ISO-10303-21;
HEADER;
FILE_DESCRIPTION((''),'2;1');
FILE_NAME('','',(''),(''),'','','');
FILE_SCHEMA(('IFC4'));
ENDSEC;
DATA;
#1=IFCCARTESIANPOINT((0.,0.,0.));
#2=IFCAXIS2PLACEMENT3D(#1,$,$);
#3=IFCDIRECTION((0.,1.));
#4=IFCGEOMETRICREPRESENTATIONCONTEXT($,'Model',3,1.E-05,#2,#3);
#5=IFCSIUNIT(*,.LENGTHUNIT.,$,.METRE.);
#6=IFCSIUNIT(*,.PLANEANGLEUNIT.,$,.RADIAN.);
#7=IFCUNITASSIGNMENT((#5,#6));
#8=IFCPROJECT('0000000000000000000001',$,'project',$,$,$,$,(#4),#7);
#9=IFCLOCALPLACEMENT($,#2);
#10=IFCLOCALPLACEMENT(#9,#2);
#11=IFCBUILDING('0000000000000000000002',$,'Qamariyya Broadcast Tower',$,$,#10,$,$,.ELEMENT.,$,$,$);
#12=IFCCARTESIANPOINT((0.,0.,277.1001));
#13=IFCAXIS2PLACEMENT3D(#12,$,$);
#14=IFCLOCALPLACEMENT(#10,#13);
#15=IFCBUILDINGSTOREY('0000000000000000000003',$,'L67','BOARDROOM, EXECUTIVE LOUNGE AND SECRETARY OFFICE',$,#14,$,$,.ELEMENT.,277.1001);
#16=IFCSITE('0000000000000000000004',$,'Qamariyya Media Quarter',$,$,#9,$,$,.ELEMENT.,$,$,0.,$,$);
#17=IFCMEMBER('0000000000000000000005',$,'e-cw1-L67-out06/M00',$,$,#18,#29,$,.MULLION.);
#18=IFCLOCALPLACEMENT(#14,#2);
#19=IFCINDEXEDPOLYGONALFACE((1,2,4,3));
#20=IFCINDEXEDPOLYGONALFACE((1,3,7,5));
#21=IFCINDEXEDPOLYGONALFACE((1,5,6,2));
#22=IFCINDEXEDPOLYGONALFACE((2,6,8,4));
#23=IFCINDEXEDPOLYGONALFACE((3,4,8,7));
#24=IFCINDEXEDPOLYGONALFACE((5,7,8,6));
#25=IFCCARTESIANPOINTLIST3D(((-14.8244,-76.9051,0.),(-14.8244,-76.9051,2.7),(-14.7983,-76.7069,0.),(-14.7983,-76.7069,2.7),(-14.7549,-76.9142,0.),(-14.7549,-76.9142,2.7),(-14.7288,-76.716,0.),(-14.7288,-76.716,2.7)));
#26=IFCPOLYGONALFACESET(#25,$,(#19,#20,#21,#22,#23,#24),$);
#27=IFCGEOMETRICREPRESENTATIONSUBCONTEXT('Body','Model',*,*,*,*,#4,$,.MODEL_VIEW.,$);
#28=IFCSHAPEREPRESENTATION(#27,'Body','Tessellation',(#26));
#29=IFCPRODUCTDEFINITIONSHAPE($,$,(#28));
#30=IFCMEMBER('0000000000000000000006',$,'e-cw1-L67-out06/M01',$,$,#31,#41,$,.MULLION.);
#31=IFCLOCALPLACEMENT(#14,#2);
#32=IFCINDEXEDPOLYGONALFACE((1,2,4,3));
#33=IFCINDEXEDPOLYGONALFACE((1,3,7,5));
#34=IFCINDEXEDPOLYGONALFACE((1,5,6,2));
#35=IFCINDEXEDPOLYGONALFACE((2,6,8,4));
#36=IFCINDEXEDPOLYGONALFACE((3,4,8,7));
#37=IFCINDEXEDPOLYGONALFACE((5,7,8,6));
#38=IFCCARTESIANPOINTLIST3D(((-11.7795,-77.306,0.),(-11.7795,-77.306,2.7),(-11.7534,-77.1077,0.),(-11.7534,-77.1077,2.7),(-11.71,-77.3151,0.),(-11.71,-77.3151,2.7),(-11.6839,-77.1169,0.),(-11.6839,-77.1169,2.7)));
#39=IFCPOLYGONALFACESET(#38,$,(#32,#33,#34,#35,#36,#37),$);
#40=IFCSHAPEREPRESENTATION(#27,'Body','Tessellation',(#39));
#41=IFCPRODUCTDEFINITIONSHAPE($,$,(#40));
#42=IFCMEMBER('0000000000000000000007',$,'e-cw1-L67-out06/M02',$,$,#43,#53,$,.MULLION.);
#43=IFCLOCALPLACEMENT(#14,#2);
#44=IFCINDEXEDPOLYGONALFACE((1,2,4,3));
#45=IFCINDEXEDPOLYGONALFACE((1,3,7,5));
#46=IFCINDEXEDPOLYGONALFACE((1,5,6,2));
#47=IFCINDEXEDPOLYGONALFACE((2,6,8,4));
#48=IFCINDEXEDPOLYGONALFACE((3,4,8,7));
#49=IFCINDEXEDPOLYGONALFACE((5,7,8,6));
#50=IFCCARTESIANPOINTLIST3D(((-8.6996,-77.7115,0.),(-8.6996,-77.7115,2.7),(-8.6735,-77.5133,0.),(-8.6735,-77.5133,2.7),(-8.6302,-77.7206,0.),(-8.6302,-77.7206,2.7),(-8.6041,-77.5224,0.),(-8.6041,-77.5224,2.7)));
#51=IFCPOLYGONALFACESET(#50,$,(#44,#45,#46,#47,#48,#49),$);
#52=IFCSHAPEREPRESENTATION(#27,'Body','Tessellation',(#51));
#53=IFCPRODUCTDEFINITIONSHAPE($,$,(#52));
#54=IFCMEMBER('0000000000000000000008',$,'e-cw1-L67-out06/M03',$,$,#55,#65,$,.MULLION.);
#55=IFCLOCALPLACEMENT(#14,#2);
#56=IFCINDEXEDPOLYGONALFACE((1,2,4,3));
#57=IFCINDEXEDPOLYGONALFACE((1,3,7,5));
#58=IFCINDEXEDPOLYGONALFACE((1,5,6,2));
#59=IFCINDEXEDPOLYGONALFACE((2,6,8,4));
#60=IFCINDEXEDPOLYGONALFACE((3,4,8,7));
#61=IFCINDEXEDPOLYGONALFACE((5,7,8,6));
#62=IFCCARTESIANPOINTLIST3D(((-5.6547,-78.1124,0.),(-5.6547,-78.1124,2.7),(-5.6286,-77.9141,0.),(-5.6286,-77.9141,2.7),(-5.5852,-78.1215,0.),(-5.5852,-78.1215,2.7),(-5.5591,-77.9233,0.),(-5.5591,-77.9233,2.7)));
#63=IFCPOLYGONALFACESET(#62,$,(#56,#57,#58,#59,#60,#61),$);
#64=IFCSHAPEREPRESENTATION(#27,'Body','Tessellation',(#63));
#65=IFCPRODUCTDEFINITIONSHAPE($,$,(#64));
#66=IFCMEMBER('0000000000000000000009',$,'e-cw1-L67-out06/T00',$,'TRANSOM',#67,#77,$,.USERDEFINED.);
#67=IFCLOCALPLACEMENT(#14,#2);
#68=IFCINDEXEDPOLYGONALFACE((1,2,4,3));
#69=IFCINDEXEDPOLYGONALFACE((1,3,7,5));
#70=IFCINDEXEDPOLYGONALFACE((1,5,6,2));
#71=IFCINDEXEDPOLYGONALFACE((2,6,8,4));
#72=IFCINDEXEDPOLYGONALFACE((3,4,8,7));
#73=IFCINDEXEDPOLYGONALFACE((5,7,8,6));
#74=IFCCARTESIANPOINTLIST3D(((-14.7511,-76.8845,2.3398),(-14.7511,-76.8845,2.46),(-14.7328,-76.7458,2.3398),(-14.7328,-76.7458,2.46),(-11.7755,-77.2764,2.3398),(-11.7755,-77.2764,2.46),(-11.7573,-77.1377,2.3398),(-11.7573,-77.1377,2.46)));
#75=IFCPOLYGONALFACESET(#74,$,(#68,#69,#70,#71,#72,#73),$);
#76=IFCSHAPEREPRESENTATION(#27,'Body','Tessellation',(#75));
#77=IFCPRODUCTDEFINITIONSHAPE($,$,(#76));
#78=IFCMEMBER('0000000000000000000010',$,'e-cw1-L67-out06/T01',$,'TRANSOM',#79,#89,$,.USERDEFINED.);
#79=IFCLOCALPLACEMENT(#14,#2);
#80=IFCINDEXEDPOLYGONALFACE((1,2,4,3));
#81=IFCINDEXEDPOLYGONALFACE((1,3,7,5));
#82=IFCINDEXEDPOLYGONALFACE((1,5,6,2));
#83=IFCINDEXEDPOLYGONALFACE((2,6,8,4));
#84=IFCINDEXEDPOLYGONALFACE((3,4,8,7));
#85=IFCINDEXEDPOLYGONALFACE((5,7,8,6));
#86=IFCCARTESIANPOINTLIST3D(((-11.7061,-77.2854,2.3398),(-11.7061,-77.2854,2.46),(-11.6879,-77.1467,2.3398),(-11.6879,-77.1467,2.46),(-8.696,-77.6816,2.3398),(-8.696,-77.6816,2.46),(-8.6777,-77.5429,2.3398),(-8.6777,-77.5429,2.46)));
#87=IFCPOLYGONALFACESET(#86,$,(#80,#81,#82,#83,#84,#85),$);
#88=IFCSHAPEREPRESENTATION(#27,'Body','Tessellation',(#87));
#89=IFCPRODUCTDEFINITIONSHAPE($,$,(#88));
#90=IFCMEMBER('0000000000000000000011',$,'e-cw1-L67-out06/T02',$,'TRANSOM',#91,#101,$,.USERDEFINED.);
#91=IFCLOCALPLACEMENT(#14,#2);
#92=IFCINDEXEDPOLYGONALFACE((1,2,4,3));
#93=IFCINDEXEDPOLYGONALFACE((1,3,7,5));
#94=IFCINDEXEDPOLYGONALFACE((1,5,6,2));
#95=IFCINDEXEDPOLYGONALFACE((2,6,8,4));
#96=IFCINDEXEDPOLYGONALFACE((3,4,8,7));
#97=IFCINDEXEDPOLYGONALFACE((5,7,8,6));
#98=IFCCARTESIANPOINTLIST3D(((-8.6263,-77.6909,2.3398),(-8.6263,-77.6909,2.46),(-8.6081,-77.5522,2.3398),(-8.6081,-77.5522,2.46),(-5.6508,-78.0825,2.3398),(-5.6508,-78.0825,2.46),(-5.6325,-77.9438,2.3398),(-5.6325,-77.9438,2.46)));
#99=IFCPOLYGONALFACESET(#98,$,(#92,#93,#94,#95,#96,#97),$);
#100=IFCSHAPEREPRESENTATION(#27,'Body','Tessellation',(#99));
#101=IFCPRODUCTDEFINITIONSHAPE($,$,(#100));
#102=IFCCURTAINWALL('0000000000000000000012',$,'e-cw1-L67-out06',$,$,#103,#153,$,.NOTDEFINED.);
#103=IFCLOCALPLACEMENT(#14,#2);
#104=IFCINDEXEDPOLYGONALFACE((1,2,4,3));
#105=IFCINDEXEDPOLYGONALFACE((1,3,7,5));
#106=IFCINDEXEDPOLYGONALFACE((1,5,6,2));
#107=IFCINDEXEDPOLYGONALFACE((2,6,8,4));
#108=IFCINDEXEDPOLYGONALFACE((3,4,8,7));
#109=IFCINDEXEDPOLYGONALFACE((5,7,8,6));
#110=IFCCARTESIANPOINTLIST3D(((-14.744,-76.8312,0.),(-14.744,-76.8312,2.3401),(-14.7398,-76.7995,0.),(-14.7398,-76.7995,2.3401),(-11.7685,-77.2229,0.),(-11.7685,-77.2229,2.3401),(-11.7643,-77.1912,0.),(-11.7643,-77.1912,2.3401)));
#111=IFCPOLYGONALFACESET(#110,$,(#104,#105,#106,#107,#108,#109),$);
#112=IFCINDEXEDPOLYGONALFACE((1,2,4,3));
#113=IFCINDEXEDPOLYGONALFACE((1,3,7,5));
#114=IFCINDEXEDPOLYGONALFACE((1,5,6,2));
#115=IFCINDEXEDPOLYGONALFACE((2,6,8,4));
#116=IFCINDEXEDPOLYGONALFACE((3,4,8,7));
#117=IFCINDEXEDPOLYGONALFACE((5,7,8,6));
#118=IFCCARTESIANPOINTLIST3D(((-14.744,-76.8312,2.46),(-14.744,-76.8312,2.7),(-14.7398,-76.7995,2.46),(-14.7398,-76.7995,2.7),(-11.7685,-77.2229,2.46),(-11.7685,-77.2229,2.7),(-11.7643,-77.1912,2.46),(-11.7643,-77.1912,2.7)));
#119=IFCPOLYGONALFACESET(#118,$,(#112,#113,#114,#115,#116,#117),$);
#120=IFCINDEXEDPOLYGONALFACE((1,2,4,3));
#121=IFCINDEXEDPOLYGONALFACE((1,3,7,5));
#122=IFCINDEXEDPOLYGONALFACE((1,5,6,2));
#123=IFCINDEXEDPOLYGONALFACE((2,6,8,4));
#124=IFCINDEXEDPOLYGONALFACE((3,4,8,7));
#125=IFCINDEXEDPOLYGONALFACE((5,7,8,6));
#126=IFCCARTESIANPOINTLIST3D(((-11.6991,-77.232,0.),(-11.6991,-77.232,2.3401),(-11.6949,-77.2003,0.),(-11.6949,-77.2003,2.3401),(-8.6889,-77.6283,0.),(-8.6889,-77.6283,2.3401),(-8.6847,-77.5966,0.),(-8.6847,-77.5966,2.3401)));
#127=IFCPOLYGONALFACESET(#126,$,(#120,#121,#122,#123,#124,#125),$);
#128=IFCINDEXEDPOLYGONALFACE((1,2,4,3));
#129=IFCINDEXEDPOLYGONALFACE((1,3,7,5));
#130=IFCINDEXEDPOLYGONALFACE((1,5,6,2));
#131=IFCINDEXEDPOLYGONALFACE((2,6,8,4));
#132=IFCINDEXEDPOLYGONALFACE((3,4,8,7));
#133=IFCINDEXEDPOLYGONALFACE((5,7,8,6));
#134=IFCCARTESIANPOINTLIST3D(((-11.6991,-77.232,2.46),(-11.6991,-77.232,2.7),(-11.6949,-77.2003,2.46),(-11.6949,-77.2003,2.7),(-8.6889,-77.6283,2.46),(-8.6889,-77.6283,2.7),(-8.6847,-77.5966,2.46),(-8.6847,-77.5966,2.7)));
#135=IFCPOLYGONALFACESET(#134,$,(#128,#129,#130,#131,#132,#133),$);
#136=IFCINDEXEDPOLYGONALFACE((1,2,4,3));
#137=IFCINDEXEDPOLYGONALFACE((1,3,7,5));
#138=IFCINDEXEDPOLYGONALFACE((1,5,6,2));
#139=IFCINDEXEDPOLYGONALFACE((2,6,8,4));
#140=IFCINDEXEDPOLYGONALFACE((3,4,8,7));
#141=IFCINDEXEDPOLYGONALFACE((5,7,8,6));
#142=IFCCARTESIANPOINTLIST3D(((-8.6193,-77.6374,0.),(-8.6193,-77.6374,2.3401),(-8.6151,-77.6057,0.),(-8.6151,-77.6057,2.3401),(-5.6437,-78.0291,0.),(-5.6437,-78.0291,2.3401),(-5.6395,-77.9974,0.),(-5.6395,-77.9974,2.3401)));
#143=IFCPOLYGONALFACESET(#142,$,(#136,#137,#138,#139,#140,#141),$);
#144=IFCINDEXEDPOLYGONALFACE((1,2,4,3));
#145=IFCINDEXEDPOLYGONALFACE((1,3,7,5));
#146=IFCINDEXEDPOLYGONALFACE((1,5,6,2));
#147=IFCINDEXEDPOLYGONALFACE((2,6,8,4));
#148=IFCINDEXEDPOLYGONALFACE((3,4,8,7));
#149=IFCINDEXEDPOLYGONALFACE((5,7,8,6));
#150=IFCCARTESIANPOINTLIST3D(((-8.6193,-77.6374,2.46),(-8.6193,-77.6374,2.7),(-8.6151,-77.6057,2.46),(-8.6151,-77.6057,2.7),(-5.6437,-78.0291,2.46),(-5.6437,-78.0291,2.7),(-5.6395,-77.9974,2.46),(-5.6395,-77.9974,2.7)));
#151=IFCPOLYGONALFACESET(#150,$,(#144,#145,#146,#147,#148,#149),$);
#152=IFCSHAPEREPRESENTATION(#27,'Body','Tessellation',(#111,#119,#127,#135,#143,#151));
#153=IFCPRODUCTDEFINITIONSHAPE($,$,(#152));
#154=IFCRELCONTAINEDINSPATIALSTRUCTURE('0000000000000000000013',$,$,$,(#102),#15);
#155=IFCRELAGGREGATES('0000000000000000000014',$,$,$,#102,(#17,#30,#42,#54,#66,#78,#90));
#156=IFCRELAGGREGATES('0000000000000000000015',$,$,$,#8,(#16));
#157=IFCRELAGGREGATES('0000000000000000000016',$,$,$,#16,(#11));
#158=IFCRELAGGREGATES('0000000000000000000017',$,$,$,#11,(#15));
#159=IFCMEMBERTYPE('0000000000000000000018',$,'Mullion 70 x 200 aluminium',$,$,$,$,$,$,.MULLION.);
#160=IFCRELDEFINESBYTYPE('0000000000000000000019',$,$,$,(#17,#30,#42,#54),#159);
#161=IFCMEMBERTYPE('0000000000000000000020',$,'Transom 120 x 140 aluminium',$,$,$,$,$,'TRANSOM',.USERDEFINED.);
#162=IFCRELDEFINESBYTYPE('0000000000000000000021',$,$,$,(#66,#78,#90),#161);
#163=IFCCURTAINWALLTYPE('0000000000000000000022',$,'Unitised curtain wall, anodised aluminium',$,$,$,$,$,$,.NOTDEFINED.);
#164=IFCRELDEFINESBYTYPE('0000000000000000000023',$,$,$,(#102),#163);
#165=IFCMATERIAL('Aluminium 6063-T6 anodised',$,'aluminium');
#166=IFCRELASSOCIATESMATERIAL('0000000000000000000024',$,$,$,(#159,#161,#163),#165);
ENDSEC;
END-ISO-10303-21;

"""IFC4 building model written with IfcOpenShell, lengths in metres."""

from ifc_helpers import new_model, si_unit, direction, frame, origin, origin_2d, place, context, subcontext, project, spatial, rectangle, extrude, material, material_profile, profile_set, type_object, element, aggregate, save


model = new_model("IFC4")

# Units and contexts
model_context = context("Model", 3, precision=1e-05, world=origin(), true_north=direction((0.0, 1.0)))
body_context = subcontext(model_context, "Body", "Model", "MODEL_VIEW")
ifc_project = project(units=[si_unit("LENGTHUNIT", "METRE"), si_unit("PLANEANGLEUNIT", "RADIAN")], contexts=[model_context])

# Members
ifc_material = material(Name="Aluminium 6063-T6 anodised", Category="aluminium")
ifc_material_profile_1 = material_profile(ifc_material, rectangle(XDim=0.2, YDim=0.0701, at=origin_2d()))
ifc_profile_set_1 = profile_set([ifc_material_profile_1], Name="Aluminium 6063-T6 anodised")
member_type_1 = type_object("IfcMemberType", Name="Mullion 70 x 200 aluminium", PredefinedType="MULLION", material=ifc_profile_set_1)
site_placement = place(None, origin())
building_placement = place(site_placement, origin())
storey_placement = place(building_placement, frame((0.0, 0.0, 277.1001)))
member_1_placement = place(storey_placement, frame((-14.7766, -76.8105, 0.0), z_axis=(0.0, 0.0, 1.0), x_axis=(0.130526, 0.991445, 0.0)))
member_1 = element("IfcMember", 1, at=member_1_placement, type_object=member_type_1, Name="e-cw1-L67-out06/M00", PredefinedType="MULLION", context=body_context, shape_type="SweptSolid", body=[
    extrude(rectangle(XDim=0.2, YDim=0.0701, at=origin_2d()), origin(), (0.0, 0.0, 1.0), 2.7),
])
member_2_placement = place(storey_placement, frame((-11.7317, -77.2114, 0.0), z_axis=(0.0, 0.0, 1.0), x_axis=(0.130526, 0.991445, 0.0)))
member_2 = element("IfcMember", 2, at=member_2_placement, type_object=member_type_1, Name="e-cw1-L67-out06/M01", PredefinedType="MULLION", context=body_context, shape_type="SweptSolid", body=[
    extrude(rectangle(XDim=0.2, YDim=0.0701, at=origin_2d()), origin(), (0.0, 0.0, 1.0), 2.7),
])
member_3_placement = place(storey_placement, frame((-8.6519, -77.6169, 0.0), z_axis=(0.0, 0.0, 1.0), x_axis=(0.130526, 0.991445, 0.0)))
member_3 = element("IfcMember", 3, at=member_3_placement, type_object=member_type_1, Name="e-cw1-L67-out06/M02", PredefinedType="MULLION", context=body_context, shape_type="SweptSolid", body=[
    extrude(rectangle(XDim=0.2, YDim=0.0701, at=origin_2d()), origin(), (0.0, 0.0, 1.0), 2.7),
])
member_4_placement = place(storey_placement, frame((-5.6069, -78.0178, 0.0), z_axis=(0.0, 0.0, 1.0), x_axis=(0.130526, 0.991445, 0.0)))
member_4 = element("IfcMember", 4, at=member_4_placement, type_object=member_type_1, Name="e-cw1-L67-out06/M03", PredefinedType="MULLION", context=body_context, shape_type="SweptSolid", body=[
    extrude(rectangle(XDim=0.2, YDim=0.0701, at=origin_2d()), origin(), (0.0, 0.0, 1.0), 2.7),
])
ifc_material_profile_2 = material_profile(ifc_material, rectangle(XDim=0.1399, YDim=0.1201, at=origin_2d()))
ifc_profile_set_2 = profile_set([ifc_material_profile_2], Name="Aluminium 6063-T6 anodised")
member_type_2 = type_object("IfcMemberType", Name="Transom 120 x 140 aluminium", ElementType="TRANSOM", PredefinedType="USERDEFINED", material=ifc_profile_set_2)
member_5_placement = place(storey_placement, frame((-14.7419, -76.8152, 2.3999), z_axis=(0.99144, -0.13056, 0.0), x_axis=(0.13056, 0.99144, 0.0)))
member_5 = element("IfcMember", 5, at=member_5_placement, type_object=member_type_2, Name="e-cw1-L67-out06/T00", ObjectType="TRANSOM", PredefinedType="USERDEFINED", context=body_context, shape_type="SweptSolid", body=[
    extrude(rectangle(XDim=0.1399, YDim=0.1201, at=origin_2d()), origin(), (0.0, 0.0, 1.0), 3.0012),
])
member_6_placement = place(storey_placement, frame((-11.697, -77.2161, 2.3999), z_axis=(0.991448, -0.130504, 0.0), x_axis=(0.130504, 0.991448, 0.0)))
member_6 = element("IfcMember", 6, at=member_6_placement, type_object=member_type_2, Name="e-cw1-L67-out06/T01", ObjectType="TRANSOM", PredefinedType="USERDEFINED", context=body_context, shape_type="SweptSolid", body=[
    extrude(rectangle(XDim=0.1399, YDim=0.1201, at=origin_2d()), origin(), (0.0, 0.0, 1.0), 3.0361),
])
member_7_placement = place(storey_placement, frame((-8.6172, -77.6216, 2.3999), z_axis=(0.991451, -0.13048, 0.0), x_axis=(0.13048, 0.991451, 0.0)))
member_7 = element("IfcMember", 7, at=member_7_placement, type_object=member_type_2, Name="e-cw1-L67-out06/T02", ObjectType="TRANSOM", PredefinedType="USERDEFINED", context=body_context, shape_type="SweptSolid", body=[
    extrude(rectangle(XDim=0.1399, YDim=0.1201, at=origin_2d()), origin(), (0.0, 0.0, 1.0), 3.0012),
])

# Site, building, storey
site = spatial("IfcSite", under=ifc_project, at=site_placement, Name="Qamariyya Media Quarter", CompositionType="ELEMENT", RefElevation=0.0)
building = spatial("IfcBuilding", under=site, at=building_placement, Name="Qamariyya Broadcast Tower", CompositionType="ELEMENT")
storey = spatial("IfcBuildingStorey", under=building, at=storey_placement, Name="L67", Description="BOARDROOM, EXECUTIVE LOUNGE AND SECRETARY OFFICE", CompositionType="ELEMENT", Elevation=277.1001)

# Curtain wall
curtain_wall_type = type_object("IfcCurtainWallType", Name="Unitised curtain wall, anodised aluminium", PredefinedType="NOTDEFINED", material=ifc_material)
curtain_wall_1_placement = place(storey_placement, origin())
curtain_wall_1 = element("IfcCurtainWall", 8, at=curtain_wall_1_placement, inside=storey, type_object=curtain_wall_type, Name="e-cw1-L67-out06", PredefinedType="NOTDEFINED", context=body_context, shape_type="SweptSolid", body=[
    extrude(rectangle(XDim=3.0012, YDim=0.032, at=origin_2d()), frame((-13.2542, -77.0112, 0.0), x_axis=(0.991445, -0.130523, 0.0)), (0.0, 0.0, 1.0), 2.3401),
    extrude(rectangle(XDim=3.0012, YDim=0.032, at=origin_2d()), frame((-13.2542, -77.0112, 2.46), x_axis=(0.991445, -0.130523, 0.0)), (0.0, 0.0, 1.0), 0.24),
    extrude(rectangle(XDim=3.0361, YDim=0.032, at=origin_2d()), frame((-10.1919, -77.4143, 0.0), x_axis=(0.991445, -0.130523, 0.0)), (0.0, 0.0, 1.0), 2.3401),
    extrude(rectangle(XDim=3.0361, YDim=0.032, at=origin_2d()), frame((-10.1919, -77.4143, 2.46), x_axis=(0.991445, -0.130523, 0.0)), (0.0, 0.0, 1.0), 0.24),
    extrude(rectangle(XDim=3.0012, YDim=0.032, at=origin_2d()), frame((-7.1294, -77.8174, 0.0), x_axis=(0.991445, -0.130523, 0.0)), (0.0, 0.0, 1.0), 2.3401),
    extrude(rectangle(XDim=3.0012, YDim=0.032, at=origin_2d()), frame((-7.1294, -77.8174, 2.46), x_axis=(0.991445, -0.130523, 0.0)), (0.0, 0.0, 1.0), 0.24),
])
aggregate(curtain_wall_1, [member_1, member_2, member_3, member_4, member_5, member_6, member_7])

save(model, "model.ifc")
